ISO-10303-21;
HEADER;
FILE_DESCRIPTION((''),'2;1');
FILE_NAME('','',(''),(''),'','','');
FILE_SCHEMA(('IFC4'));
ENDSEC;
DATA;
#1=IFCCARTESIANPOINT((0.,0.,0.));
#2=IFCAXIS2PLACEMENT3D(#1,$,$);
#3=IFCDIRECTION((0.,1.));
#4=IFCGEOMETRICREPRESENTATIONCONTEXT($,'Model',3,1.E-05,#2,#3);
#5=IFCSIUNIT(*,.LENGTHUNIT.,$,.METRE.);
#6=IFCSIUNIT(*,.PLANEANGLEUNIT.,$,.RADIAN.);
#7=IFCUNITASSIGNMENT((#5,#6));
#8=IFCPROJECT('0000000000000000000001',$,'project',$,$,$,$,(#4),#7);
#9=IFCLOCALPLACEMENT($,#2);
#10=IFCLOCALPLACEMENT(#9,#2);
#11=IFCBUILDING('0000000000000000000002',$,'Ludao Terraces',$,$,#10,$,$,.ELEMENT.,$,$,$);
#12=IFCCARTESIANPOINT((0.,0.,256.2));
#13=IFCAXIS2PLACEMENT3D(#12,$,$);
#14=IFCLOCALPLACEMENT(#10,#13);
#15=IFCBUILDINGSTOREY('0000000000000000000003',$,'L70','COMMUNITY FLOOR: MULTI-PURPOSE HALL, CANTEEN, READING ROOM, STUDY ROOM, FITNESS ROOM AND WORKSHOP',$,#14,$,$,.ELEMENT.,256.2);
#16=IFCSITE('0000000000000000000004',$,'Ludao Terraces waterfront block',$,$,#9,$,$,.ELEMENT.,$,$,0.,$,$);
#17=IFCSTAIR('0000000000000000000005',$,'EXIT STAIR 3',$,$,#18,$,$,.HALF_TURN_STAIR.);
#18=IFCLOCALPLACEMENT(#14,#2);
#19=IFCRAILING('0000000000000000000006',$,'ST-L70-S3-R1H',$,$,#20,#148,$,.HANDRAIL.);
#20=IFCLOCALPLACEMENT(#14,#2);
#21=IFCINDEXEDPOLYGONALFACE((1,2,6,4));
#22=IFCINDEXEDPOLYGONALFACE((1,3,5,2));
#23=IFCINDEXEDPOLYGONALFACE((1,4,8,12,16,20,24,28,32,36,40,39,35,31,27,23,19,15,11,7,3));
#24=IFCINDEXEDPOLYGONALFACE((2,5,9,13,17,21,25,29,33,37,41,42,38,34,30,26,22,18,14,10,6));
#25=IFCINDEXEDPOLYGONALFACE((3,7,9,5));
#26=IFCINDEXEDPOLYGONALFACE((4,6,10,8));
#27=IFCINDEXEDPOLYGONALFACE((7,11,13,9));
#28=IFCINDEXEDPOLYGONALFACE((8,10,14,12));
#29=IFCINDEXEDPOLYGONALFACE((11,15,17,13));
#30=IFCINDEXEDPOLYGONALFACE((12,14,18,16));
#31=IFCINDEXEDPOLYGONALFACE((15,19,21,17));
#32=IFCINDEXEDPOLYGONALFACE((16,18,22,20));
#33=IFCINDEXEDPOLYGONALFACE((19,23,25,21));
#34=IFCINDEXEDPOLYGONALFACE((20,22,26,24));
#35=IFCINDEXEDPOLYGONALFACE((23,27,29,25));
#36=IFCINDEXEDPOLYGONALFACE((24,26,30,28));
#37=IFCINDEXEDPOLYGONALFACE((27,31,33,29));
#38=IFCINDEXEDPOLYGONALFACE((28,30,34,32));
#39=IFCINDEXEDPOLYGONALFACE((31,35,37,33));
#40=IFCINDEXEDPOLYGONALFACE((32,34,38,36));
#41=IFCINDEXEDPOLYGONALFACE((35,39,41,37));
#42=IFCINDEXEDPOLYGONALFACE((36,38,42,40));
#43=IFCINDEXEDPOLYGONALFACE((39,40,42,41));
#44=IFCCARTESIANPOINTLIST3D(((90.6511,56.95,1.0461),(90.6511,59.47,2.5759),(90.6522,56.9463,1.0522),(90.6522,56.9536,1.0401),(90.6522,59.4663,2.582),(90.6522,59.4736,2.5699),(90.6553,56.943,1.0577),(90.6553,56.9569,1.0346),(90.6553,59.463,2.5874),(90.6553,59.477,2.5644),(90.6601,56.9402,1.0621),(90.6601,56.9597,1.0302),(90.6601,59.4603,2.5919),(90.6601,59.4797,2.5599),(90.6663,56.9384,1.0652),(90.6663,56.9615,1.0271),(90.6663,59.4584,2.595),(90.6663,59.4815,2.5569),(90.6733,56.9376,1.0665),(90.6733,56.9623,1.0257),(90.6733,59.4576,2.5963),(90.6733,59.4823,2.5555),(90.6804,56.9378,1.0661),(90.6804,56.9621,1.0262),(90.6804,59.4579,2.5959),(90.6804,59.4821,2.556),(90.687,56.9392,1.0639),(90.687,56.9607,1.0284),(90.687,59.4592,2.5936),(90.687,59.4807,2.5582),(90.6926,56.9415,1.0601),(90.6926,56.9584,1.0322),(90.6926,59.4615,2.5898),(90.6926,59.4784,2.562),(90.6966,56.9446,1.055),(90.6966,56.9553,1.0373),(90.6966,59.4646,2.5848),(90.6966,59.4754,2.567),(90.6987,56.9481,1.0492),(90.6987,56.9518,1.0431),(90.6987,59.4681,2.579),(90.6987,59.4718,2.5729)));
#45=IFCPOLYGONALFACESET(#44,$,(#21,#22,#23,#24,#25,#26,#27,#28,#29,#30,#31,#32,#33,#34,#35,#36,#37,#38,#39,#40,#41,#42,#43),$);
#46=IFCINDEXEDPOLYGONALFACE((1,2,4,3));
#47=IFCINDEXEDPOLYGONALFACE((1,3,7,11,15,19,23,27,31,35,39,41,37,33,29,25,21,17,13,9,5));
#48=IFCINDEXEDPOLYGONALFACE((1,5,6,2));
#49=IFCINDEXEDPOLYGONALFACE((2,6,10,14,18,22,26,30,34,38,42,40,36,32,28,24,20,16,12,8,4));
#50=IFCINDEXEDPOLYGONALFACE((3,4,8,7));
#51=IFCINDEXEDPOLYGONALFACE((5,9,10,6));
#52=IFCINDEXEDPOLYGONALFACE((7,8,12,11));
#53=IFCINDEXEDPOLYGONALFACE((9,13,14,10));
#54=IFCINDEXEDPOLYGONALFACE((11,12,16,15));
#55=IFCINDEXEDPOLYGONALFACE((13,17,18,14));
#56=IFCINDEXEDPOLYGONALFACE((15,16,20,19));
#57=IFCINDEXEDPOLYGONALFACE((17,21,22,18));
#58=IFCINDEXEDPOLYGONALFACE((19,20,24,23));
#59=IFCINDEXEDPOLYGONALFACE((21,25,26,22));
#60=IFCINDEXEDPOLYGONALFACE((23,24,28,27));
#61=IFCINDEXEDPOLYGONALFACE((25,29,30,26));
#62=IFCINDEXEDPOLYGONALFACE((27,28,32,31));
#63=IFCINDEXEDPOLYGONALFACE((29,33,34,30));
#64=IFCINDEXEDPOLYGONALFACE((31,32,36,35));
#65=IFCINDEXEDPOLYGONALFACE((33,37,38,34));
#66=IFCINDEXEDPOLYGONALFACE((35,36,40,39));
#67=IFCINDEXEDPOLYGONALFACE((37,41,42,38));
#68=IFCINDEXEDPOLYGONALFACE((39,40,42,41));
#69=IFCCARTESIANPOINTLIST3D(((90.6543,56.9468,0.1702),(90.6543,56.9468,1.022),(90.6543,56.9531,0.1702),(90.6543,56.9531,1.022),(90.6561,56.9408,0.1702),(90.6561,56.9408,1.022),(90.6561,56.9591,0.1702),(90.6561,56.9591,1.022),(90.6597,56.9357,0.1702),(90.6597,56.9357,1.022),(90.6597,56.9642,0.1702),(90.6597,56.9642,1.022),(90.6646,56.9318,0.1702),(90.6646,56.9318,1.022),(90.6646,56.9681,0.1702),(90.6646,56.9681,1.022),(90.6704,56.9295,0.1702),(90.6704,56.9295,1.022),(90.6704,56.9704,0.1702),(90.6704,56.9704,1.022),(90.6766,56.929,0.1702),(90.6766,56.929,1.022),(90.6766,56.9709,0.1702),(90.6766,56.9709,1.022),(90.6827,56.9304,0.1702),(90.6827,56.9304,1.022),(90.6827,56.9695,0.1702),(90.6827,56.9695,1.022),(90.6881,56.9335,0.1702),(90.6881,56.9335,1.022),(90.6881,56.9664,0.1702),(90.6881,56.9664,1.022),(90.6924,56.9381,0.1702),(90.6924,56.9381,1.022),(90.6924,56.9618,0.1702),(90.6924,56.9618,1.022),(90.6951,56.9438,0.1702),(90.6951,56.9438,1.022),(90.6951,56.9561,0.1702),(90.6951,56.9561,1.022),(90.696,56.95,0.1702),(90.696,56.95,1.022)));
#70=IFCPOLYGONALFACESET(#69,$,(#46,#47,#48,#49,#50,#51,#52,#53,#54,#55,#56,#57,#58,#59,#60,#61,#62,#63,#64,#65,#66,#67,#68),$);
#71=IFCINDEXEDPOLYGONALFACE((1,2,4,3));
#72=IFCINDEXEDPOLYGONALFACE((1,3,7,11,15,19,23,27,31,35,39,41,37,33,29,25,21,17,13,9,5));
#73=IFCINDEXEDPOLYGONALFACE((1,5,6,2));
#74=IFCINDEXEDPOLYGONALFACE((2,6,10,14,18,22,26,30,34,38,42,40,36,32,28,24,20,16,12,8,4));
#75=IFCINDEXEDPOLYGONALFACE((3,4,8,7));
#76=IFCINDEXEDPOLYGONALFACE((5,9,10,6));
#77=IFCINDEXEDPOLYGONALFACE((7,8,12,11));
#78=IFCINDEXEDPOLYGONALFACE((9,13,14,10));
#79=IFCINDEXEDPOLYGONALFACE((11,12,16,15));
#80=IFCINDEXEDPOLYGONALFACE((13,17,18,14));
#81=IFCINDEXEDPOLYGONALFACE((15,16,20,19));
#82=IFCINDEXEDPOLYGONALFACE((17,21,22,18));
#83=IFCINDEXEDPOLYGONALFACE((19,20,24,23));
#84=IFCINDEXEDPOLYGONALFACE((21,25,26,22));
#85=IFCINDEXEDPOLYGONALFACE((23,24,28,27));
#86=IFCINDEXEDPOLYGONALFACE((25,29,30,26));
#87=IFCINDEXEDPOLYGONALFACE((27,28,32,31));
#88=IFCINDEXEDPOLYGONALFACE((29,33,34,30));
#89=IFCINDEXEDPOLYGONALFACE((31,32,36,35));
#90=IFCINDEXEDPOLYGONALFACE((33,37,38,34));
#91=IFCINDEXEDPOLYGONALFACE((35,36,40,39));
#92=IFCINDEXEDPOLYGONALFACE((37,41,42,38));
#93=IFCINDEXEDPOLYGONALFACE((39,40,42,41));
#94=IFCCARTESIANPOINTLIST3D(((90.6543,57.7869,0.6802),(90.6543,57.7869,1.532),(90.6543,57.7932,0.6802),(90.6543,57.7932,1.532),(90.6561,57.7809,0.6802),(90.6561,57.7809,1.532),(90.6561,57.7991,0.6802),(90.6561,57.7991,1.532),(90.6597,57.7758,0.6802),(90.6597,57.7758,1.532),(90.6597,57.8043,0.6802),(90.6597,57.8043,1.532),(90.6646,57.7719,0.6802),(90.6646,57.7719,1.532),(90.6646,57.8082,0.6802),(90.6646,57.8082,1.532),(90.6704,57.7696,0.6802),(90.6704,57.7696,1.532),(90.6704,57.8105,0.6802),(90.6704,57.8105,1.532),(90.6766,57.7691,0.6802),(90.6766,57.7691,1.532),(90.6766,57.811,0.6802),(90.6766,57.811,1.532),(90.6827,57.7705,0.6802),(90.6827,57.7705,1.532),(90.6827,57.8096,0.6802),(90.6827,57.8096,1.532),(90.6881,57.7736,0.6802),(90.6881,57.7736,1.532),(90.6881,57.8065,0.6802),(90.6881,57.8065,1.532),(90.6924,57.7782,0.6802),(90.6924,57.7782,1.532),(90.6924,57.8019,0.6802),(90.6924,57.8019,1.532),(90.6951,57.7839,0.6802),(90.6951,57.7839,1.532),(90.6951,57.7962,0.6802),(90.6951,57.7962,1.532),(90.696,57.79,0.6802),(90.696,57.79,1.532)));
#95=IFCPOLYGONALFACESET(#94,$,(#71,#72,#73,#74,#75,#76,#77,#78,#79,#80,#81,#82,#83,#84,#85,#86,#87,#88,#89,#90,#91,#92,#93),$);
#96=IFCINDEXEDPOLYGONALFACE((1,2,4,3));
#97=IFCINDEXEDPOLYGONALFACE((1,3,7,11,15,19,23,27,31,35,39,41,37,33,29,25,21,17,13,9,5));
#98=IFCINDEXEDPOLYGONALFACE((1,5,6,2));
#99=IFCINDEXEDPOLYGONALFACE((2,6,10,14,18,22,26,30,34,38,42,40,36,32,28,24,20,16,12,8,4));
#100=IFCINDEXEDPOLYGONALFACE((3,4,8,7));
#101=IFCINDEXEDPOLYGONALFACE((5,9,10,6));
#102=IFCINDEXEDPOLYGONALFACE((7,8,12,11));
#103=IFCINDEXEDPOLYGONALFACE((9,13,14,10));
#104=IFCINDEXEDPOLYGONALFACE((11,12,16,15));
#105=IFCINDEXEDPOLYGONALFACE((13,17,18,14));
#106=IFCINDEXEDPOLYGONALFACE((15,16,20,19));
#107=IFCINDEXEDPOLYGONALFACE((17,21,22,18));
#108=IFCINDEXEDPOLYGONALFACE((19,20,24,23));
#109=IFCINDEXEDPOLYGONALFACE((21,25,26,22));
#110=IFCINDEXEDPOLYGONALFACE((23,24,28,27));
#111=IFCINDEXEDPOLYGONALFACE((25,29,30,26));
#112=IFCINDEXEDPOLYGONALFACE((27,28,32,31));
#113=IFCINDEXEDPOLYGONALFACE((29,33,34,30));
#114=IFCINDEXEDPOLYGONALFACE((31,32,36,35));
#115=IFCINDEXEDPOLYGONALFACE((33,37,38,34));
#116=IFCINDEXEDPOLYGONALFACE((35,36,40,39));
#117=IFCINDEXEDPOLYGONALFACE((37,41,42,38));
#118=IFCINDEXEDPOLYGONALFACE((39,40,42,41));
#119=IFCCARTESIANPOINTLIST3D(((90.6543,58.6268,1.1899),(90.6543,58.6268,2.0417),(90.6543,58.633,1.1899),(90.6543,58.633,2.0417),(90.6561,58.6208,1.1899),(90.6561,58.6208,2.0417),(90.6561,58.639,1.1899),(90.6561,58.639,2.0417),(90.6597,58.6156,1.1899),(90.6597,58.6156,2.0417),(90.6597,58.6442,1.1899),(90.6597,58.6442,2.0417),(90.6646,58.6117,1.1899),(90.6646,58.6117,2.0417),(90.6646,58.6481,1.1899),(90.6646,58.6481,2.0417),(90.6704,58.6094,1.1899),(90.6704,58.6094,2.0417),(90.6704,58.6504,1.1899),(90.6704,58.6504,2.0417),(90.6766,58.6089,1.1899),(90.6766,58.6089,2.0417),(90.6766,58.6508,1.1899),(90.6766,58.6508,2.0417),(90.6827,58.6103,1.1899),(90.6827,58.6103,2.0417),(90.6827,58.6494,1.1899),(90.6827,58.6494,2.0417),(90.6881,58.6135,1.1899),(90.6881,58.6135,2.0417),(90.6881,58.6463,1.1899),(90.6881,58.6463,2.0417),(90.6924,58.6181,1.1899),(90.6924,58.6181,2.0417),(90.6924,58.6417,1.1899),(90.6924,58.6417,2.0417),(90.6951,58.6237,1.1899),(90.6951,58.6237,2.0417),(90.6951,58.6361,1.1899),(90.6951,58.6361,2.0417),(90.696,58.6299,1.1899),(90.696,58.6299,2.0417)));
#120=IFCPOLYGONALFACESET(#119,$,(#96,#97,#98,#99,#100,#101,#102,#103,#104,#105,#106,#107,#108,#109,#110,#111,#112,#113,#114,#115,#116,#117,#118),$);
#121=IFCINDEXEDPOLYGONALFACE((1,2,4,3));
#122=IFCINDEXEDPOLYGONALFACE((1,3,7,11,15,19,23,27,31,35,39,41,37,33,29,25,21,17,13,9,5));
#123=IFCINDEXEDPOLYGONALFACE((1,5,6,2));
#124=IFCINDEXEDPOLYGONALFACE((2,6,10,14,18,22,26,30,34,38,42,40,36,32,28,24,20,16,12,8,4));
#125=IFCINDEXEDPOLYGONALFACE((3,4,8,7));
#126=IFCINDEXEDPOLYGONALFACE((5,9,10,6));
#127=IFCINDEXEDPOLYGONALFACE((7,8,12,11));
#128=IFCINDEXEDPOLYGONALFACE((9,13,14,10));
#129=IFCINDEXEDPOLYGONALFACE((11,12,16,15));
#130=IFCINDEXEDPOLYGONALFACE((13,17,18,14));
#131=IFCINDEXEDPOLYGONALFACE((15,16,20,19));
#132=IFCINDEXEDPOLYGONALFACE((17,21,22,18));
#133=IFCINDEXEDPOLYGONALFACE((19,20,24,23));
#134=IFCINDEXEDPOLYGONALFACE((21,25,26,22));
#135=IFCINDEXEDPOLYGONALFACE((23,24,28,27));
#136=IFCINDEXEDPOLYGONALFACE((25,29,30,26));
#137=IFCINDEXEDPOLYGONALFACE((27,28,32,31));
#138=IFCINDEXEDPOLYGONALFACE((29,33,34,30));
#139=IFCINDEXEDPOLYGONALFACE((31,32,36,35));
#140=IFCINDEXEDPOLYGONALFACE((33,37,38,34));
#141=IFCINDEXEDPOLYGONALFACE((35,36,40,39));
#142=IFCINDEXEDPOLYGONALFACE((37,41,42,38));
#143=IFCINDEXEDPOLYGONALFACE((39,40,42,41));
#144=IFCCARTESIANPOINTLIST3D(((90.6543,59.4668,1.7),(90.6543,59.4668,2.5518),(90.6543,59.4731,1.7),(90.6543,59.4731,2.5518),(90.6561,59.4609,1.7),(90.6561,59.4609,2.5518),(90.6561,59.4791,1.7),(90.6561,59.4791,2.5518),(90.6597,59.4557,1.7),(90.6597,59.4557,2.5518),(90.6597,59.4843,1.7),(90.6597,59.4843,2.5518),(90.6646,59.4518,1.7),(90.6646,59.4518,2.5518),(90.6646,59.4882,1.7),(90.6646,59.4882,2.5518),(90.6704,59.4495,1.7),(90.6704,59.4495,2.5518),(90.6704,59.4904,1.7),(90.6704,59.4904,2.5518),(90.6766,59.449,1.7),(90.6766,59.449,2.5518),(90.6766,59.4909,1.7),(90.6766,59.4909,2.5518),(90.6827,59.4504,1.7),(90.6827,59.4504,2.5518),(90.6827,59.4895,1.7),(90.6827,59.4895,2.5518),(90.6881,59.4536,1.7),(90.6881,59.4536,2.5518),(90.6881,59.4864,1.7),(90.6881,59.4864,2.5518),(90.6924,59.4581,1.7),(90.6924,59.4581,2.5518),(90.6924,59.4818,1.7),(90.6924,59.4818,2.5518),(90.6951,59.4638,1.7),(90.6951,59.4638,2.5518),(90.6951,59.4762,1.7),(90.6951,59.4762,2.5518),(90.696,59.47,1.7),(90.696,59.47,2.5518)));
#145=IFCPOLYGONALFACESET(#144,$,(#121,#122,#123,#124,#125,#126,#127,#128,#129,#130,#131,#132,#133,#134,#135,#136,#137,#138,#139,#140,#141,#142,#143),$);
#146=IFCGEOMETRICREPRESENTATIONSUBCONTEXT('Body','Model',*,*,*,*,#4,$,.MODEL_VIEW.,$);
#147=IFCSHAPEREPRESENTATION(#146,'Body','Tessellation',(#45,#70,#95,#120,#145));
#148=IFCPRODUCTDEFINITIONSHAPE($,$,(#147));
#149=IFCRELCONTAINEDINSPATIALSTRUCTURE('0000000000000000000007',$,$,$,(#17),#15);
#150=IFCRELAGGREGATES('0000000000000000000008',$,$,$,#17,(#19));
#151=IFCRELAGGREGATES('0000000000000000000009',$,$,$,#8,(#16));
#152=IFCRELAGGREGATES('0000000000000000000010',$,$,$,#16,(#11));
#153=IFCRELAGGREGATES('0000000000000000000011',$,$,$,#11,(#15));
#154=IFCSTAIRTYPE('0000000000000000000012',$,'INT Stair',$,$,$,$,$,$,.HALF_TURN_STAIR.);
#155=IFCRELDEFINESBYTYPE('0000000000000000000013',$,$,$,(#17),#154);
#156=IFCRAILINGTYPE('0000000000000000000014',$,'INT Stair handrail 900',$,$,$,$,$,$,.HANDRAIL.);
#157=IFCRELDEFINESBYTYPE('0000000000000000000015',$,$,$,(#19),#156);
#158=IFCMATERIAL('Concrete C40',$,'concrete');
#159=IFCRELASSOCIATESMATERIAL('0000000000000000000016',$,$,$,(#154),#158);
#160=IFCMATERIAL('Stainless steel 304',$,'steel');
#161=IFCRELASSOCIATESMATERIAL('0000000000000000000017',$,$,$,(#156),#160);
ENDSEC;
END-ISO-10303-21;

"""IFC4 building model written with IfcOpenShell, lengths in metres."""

from ifc_helpers import new_model, si_unit, direction, frame, origin, origin_2d, place, context, subcontext, project, spatial, circle, extrude, material, type_object, element, aggregate, save


model = new_model("IFC4")

# Units and contexts
model_context = context("Model", 3, precision=1e-05, world=origin(), true_north=direction((0.0, 1.0)))
body_context = subcontext(model_context, "Body", "Model", "MODEL_VIEW")
ifc_project = project(units=[si_unit("LENGTHUNIT", "METRE"), si_unit("PLANEANGLEUNIT", "RADIAN")], contexts=[model_context])

# Site, building, storey
site_placement = place(None, origin())
site = spatial("IfcSite", under=ifc_project, at=site_placement, Name="Ludao Terraces waterfront block", CompositionType="ELEMENT", RefElevation=0.0)
building_placement = place(site_placement, origin())
building = spatial("IfcBuilding", under=site, at=building_placement, Name="Ludao Terraces", CompositionType="ELEMENT")
storey_placement = place(building_placement, frame((0.0, 0.0, 256.2)))
storey = spatial("IfcBuildingStorey", under=building, at=storey_placement, Name="L70", Description="COMMUNITY FLOOR: MULTI-PURPOSE HALL, CANTEEN, READING ROOM, STUDY ROOM, FITNESS ROOM AND WORKSHOP", CompositionType="ELEMENT", Elevation=256.2)

# Shared definitions
ifc_material_1 = material(Name="Concrete C40", Category="concrete")

# Stair, railing
stair_type = type_object("IfcStairType", Name="INT Stair", PredefinedType="HALF_TURN_STAIR", material=ifc_material_1)
stair_placement = place(storey_placement, origin())
stair = element("IfcStair", 1, at=stair_placement, inside=storey, type_object=stair_type, Name="EXIT STAIR 3", PredefinedType="HALF_TURN_STAIR")
ifc_material_2 = material(Name="Stainless steel 304", Category="steel")
railing_type_1 = type_object("IfcRailingType", Name="INT Stair handrail 900", PredefinedType="HANDRAIL", material=ifc_material_2)
railing_1_placement = place(storey_placement, frame((90.675, 56.95, 0.1702)))
railing_1 = element("IfcRailing", 2, at=railing_1_placement, type_object=railing_type_1, Name="ST-L70-S3-R1H", PredefinedType="HANDRAIL", context=body_context, shape_type="SweptSolid", body=[
    extrude(circle(Radius=0.0239, at=origin_2d()), frame((0.0, 0.0, 0.876), z_axis=(0.0, 0.854822, 0.518922), x_axis=(-1.0, 0.0, 0.0)), (0.0, 0.0, 1.0), 2.948),
    extrude(circle(Radius=0.021, at=origin_2d()), origin(), (0.0, 0.0, 1.0), 0.8518),
    extrude(circle(Radius=0.021, at=origin_2d()), frame((0.0, 0.8401, 0.51)), (0.0, 0.0, 1.0), 0.8518),
    extrude(circle(Radius=0.021, at=origin_2d()), frame((0.0, 1.6799, 1.0198)), (0.0, 0.0, 1.0), 0.8518),
    extrude(circle(Radius=0.021, at=origin_2d()), frame((0.0, 2.52, 1.5298)), (0.0, 0.0, 1.0), 0.8518),
])
aggregate(stair, [railing_1])

save(model, "model.ifc")
